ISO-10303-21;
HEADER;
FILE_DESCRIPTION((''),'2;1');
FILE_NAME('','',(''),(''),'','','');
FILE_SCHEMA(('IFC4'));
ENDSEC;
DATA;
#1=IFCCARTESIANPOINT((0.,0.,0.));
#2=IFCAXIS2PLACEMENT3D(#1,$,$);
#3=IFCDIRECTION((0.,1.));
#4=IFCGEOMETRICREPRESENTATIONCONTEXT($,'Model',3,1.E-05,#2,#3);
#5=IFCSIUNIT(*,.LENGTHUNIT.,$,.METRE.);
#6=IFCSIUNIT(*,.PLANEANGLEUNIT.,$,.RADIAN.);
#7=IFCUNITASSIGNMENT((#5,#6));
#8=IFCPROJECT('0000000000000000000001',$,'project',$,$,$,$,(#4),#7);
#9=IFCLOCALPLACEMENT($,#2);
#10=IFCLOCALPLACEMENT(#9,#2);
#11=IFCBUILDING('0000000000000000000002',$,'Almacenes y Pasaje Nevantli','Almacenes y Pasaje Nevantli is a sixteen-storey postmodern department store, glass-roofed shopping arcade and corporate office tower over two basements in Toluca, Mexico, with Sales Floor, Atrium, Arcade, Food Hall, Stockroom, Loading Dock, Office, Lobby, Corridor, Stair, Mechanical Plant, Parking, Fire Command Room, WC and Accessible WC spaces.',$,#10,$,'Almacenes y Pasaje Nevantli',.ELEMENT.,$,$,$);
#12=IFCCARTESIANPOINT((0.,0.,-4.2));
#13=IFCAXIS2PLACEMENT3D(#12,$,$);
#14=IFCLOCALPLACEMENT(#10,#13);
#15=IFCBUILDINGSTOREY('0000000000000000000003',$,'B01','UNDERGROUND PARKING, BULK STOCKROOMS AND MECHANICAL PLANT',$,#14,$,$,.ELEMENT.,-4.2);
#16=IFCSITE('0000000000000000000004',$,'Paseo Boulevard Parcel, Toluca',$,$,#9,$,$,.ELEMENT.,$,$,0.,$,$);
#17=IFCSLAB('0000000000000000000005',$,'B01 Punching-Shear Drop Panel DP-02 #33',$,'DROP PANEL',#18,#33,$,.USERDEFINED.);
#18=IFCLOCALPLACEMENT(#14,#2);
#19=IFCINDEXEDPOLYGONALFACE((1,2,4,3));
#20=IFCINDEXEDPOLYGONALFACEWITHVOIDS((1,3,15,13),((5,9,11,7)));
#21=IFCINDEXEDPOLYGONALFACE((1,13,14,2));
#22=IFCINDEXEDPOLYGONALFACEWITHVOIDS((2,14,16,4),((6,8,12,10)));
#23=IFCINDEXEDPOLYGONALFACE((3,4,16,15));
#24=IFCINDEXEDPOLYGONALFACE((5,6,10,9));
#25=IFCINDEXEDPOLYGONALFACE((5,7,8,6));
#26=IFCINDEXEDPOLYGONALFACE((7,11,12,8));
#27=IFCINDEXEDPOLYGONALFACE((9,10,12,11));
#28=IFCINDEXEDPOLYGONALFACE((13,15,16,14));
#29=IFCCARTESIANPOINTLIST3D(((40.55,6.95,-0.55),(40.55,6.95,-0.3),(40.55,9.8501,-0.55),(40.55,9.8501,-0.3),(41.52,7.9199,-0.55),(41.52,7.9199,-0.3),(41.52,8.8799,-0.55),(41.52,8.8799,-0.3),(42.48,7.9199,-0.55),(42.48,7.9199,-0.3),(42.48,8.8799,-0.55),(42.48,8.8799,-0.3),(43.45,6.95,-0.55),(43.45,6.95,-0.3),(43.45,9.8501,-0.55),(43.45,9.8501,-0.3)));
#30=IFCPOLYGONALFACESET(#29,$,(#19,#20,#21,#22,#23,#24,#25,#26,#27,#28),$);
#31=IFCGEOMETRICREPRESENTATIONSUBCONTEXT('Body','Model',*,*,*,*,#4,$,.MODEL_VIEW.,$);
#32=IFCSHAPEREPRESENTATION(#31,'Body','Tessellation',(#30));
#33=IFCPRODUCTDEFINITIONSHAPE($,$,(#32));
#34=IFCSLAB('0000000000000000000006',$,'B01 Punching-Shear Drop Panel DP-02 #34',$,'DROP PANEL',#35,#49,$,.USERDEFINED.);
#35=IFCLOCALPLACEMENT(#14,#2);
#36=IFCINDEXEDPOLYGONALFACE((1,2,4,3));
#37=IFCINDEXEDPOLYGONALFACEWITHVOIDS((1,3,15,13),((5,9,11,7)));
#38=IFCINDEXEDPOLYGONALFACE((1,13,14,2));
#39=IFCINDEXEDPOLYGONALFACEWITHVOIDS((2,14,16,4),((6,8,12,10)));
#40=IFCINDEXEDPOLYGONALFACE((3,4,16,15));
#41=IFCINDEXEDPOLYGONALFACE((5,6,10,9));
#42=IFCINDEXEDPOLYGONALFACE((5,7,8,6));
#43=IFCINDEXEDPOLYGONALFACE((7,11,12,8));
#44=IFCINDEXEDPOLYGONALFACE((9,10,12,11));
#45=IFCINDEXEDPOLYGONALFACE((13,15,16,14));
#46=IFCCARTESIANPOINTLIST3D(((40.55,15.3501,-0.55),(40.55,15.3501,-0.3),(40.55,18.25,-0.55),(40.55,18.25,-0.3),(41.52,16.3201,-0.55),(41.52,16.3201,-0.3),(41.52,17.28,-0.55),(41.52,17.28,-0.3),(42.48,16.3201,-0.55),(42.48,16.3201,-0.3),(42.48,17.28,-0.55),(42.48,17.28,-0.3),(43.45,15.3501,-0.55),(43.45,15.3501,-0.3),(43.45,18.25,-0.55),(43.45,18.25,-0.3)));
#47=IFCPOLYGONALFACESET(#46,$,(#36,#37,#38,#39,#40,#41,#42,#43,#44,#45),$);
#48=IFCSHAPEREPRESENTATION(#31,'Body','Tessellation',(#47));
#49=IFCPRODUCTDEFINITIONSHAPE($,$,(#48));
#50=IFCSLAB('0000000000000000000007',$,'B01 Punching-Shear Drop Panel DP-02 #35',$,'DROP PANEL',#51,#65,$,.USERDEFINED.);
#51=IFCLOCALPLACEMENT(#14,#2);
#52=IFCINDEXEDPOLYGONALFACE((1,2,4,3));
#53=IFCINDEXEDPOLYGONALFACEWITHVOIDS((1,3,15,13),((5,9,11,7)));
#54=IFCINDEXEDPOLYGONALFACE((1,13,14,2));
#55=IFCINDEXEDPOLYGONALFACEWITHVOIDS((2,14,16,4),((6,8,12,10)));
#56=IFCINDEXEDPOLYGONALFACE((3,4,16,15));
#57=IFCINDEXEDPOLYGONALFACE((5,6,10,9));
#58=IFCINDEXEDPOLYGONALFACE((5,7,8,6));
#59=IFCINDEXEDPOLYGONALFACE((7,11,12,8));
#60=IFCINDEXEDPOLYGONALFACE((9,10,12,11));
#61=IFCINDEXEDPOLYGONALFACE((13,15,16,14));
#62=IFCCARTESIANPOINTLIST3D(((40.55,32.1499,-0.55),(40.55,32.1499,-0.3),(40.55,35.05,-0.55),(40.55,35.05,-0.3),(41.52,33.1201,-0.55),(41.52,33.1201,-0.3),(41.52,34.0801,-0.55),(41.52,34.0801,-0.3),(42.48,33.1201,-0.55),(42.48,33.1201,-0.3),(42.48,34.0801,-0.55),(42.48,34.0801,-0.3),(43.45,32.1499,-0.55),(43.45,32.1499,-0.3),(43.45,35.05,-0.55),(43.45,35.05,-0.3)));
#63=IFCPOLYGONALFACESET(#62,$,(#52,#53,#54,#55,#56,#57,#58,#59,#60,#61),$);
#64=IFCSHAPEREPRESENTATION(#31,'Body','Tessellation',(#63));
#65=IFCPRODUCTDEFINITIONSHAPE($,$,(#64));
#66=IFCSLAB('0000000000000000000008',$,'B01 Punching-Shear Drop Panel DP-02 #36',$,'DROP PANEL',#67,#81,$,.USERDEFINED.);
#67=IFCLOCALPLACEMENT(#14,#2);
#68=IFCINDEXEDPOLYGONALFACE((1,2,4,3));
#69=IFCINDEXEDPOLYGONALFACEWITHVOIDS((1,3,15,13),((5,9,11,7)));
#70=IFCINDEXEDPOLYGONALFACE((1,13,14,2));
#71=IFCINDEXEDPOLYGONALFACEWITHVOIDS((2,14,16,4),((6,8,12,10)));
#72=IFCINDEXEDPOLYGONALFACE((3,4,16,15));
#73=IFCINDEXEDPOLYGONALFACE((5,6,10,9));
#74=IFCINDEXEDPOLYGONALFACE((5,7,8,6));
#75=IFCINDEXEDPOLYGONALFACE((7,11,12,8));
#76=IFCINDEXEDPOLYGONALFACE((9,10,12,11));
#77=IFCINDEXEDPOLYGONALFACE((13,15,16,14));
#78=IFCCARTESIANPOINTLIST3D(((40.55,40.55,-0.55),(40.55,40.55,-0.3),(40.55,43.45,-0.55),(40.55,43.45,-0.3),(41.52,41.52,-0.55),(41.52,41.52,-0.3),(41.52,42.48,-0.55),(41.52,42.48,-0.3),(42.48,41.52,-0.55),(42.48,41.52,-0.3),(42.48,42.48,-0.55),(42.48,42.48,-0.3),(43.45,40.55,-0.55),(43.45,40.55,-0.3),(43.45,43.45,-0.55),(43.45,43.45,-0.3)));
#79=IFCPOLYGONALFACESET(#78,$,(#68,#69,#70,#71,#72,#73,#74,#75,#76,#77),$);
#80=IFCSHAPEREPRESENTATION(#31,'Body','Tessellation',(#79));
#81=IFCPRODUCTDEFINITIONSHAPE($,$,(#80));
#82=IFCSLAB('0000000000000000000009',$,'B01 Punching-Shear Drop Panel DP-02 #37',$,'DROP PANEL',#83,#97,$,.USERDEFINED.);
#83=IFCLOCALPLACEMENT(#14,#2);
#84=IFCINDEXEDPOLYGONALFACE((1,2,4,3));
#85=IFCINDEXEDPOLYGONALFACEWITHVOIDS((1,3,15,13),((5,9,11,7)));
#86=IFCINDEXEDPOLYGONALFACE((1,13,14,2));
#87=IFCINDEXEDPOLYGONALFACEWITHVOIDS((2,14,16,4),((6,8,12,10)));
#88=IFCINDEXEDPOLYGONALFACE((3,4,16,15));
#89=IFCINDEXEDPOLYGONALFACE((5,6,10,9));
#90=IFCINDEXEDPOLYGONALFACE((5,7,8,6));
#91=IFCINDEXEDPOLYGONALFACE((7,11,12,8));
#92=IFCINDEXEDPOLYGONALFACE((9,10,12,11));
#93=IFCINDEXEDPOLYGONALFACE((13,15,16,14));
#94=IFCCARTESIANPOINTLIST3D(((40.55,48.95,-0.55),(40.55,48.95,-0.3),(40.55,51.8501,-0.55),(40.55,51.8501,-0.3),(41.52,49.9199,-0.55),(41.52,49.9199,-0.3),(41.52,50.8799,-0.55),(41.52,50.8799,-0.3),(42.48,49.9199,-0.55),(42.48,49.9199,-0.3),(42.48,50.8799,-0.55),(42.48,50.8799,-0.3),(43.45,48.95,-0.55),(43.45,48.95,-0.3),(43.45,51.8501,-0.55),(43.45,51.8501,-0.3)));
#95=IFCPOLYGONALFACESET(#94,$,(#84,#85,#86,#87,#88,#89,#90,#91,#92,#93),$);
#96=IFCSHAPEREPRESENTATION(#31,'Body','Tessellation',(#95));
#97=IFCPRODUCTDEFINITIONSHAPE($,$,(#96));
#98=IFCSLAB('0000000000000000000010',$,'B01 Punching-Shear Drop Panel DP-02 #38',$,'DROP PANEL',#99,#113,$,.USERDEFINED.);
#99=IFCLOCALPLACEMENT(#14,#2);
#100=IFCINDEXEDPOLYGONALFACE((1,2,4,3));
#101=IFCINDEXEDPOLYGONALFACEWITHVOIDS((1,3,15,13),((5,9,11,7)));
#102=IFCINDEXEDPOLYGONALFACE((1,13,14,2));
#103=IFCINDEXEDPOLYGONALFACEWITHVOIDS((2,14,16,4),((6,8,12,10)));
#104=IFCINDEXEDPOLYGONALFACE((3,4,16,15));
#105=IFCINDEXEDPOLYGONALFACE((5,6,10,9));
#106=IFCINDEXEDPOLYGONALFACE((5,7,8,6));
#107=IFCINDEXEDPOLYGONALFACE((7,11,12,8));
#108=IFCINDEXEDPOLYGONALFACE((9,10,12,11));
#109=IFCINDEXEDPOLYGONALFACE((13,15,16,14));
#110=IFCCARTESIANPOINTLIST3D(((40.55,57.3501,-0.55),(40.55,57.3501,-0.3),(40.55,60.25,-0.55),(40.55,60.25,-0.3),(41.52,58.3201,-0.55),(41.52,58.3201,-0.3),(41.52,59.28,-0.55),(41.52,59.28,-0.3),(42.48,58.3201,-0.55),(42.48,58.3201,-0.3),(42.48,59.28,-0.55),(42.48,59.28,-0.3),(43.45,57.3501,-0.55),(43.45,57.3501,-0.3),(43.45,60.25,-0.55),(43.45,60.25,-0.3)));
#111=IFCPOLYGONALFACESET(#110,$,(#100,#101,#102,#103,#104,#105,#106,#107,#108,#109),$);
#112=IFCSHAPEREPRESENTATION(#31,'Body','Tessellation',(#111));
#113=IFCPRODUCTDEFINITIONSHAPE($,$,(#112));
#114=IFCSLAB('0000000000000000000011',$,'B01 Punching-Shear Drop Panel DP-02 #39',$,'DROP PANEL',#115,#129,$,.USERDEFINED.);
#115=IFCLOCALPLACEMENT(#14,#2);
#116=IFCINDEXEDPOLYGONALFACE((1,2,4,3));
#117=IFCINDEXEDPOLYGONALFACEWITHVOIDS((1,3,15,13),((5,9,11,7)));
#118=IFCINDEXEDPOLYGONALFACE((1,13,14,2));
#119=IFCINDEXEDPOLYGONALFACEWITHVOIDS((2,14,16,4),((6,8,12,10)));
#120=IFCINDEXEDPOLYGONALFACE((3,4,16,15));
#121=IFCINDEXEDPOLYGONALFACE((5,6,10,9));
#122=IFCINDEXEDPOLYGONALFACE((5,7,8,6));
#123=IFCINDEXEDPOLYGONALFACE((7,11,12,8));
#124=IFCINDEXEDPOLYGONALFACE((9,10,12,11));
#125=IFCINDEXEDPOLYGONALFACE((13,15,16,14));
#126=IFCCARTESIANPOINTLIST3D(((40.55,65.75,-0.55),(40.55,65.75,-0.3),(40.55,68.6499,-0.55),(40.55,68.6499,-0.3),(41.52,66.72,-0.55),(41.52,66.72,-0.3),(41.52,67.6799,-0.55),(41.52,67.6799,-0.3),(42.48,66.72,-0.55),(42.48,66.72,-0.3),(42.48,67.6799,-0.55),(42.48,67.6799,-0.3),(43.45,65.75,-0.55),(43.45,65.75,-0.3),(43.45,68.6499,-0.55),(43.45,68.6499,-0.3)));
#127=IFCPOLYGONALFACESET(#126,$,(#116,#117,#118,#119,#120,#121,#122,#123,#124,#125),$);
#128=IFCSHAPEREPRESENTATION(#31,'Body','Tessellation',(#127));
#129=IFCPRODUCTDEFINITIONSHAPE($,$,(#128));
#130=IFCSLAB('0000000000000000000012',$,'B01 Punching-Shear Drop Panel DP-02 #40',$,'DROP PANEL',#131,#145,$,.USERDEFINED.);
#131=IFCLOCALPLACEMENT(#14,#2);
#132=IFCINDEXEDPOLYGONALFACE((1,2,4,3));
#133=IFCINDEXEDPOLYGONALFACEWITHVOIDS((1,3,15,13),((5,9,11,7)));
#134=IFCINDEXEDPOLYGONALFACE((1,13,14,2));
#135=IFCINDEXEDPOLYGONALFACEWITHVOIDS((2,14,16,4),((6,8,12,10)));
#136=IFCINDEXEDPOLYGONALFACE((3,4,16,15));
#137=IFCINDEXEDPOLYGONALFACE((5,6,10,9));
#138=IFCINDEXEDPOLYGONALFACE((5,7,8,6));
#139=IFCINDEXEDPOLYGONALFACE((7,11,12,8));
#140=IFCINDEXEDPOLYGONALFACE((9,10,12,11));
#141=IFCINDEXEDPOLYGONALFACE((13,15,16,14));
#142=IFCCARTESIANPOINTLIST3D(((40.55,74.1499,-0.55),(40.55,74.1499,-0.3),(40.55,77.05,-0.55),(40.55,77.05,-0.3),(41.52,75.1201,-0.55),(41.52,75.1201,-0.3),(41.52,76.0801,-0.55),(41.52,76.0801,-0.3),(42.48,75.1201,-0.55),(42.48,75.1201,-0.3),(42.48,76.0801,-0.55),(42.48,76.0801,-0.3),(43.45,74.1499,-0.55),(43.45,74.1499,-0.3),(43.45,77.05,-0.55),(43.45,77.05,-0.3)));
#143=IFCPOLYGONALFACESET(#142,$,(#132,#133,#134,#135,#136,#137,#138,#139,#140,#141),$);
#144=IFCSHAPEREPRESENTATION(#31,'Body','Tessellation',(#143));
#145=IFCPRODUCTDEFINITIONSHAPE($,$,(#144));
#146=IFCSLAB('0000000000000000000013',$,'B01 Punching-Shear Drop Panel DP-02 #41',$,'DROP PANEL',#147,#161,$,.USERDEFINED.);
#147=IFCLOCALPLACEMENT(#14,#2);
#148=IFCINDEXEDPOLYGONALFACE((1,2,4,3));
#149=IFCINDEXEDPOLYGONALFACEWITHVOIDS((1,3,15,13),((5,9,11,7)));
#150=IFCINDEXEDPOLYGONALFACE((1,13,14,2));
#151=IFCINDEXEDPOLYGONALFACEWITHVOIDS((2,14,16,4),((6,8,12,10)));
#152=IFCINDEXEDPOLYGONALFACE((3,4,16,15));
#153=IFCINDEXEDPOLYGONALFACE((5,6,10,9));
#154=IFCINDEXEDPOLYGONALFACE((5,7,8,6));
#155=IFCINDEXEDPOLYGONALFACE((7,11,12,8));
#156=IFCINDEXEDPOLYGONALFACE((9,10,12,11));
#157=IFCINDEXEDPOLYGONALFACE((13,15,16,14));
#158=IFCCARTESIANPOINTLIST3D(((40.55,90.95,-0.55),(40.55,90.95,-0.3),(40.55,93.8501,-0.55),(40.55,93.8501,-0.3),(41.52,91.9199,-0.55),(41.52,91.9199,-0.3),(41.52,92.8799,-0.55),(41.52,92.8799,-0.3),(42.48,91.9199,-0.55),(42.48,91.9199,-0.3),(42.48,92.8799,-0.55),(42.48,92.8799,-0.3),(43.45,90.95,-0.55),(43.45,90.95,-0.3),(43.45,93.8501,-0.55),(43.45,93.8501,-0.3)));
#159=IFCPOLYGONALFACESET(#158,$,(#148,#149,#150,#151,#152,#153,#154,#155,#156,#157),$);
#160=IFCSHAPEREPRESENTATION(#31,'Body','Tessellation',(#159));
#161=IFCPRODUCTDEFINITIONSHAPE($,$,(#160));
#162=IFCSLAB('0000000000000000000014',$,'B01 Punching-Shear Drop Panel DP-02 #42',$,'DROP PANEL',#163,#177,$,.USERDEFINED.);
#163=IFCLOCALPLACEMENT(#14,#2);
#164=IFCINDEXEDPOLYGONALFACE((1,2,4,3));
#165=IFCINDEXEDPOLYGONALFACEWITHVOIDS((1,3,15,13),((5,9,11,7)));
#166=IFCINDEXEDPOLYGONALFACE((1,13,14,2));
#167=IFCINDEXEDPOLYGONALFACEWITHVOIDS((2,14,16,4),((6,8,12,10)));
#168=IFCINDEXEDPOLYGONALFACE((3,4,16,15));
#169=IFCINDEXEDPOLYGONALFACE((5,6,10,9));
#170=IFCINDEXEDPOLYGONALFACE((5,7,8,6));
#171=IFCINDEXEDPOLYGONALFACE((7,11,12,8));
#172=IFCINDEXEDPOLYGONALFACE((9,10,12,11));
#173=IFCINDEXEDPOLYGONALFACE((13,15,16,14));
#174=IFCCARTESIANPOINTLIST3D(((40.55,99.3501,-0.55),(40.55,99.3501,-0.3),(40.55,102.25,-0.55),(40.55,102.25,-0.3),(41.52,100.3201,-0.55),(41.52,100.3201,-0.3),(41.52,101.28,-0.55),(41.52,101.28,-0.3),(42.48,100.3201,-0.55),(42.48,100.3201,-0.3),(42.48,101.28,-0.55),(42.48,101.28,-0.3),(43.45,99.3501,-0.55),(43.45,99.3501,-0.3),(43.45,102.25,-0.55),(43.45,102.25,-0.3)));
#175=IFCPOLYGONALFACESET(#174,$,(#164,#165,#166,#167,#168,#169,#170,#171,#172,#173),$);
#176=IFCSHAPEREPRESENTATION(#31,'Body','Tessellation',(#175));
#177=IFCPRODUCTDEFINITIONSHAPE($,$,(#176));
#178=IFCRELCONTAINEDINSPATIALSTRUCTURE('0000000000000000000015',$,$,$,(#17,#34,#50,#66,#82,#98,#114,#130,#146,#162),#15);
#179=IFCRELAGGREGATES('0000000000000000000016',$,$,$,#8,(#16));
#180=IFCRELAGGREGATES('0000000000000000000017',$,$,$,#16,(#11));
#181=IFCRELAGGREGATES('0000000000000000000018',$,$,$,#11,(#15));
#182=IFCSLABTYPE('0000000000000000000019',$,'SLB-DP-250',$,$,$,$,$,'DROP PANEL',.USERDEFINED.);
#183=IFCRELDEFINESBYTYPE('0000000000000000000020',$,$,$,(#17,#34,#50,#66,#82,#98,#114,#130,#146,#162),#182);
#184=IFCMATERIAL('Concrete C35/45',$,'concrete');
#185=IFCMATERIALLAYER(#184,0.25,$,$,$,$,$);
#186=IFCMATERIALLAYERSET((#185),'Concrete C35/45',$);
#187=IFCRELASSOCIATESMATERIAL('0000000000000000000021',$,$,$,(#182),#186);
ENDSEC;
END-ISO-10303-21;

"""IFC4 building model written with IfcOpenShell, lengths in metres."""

from ifc_helpers import new_model, si_unit, direction, frame, origin, place, context, subcontext, project, spatial, polyline, outline, extrude, material, layer, layer_set, type_object, element, save


model = new_model("IFC4")

# Units and contexts
model_context = context("Model", 3, precision=1e-05, world=origin(), true_north=direction((0.0, 1.0)))
body_context = subcontext(model_context, "Body", "Model", "MODEL_VIEW")
ifc_project = project(units=[si_unit("LENGTHUNIT", "METRE"), si_unit("PLANEANGLEUNIT", "RADIAN")], contexts=[model_context])

# Site, building, storey
site_placement = place(None, origin())
site = spatial("IfcSite", under=ifc_project, at=site_placement, Name="Paseo Boulevard Parcel, Toluca", CompositionType="ELEMENT", RefElevation=0.0)
building_placement = place(site_placement, origin())
building = spatial("IfcBuilding", under=site, at=building_placement, Name="Almacenes y Pasaje Nevantli", Description="Almacenes y Pasaje Nevantli is a sixteen-storey postmodern department store, glass-roofed shopping arcade and corporate office tower over two basements in Toluca, Mexico, with Sales Floor, Atrium, Arcade, Food Hall, Stockroom, Loading Dock, Office, Lobby, Corridor, Stair, Mechanical Plant, Parking, Fire Command Room, WC and Accessible WC spaces.", LongName="Almacenes y Pasaje Nevantli", CompositionType="ELEMENT")
storey_placement = place(building_placement, frame((0.0, 0.0, -4.2)))
storey = spatial("IfcBuildingStorey", under=building, at=storey_placement, Name="B01", Description="UNDERGROUND PARKING, BULK STOCKROOMS AND MECHANICAL PLANT", CompositionType="ELEMENT", Elevation=-4.2)

# Slabs
ifc_material = material(Name="Concrete C35/45", Category="concrete")
ifc_layer = layer(ifc_material, 0.25)
ifc_layer_set = layer_set([ifc_layer], Name="Concrete C35/45")
slab_type = type_object("IfcSlabType", Name="SLB-DP-250", ElementType="DROP PANEL", PredefinedType="USERDEFINED", material=ifc_layer_set)
slab_1_placement = place(storey_placement, frame((0.0, 0.0, -0.55)))
element("IfcSlab", 1, at=slab_1_placement, inside=storey, type_object=slab_type, Name="B01 Punching-Shear Drop Panel DP-02 #33", ObjectType="DROP PANEL", PredefinedType="USERDEFINED", context=body_context, shape_type="SweptSolid", body=[
    extrude(outline(polyline([(40.55, 6.95), (43.45, 6.95), (43.45, 9.8501), (40.55, 9.8501), (40.55, 6.95)]), holes=[polyline([(41.52, 7.9199), (42.48, 7.9199), (42.48, 8.8799), (41.52, 8.8799), (41.52, 7.9199)])]), origin(), (0.0, 0.0, 1.0), 0.25),
])
slab_2_placement = place(storey_placement, frame((0.0, 0.0, -0.55)))
element("IfcSlab", 2, at=slab_2_placement, inside=storey, type_object=slab_type, Name="B01 Punching-Shear Drop Panel DP-02 #34", ObjectType="DROP PANEL", PredefinedType="USERDEFINED", context=body_context, shape_type="SweptSolid", body=[
    extrude(outline(polyline([(40.55, 15.3501), (43.45, 15.3501), (43.45, 18.25), (40.55, 18.25), (40.55, 15.3501)]), holes=[polyline([(41.52, 16.3201), (42.48, 16.3201), (42.48, 17.28), (41.52, 17.28), (41.52, 16.3201)])]), origin(), (0.0, 0.0, 1.0), 0.25),
])
slab_3_placement = place(storey_placement, frame((0.0, 0.0, -0.55)))
element("IfcSlab", 3, at=slab_3_placement, inside=storey, type_object=slab_type, Name="B01 Punching-Shear Drop Panel DP-02 #35", ObjectType="DROP PANEL", PredefinedType="USERDEFINED", context=body_context, shape_type="SweptSolid", body=[
    extrude(outline(polyline([(40.55, 32.1499), (43.45, 32.1499), (43.45, 35.05), (40.55, 35.05), (40.55, 32.1499)]), holes=[polyline([(41.52, 33.1201), (42.48, 33.1201), (42.48, 34.0801), (41.52, 34.0801), (41.52, 33.1201)])]), origin(), (0.0, 0.0, 1.0), 0.25),
])
slab_4_placement = place(storey_placement, frame((0.0, 0.0, -0.55)))
element("IfcSlab", 4, at=slab_4_placement, inside=storey, type_object=slab_type, Name="B01 Punching-Shear Drop Panel DP-02 #36", ObjectType="DROP PANEL", PredefinedType="USERDEFINED", context=body_context, shape_type="SweptSolid", body=[
    extrude(outline(polyline([(40.55, 40.55), (43.45, 40.55), (43.45, 43.45), (40.55, 43.45), (40.55, 40.55)]), holes=[polyline([(41.52, 41.52), (42.48, 41.52), (42.48, 42.48), (41.52, 42.48), (41.52, 41.52)])]), origin(), (0.0, 0.0, 1.0), 0.25),
])
slab_5_placement = place(storey_placement, frame((0.0, 0.0, -0.55)))
element("IfcSlab", 5, at=slab_5_placement, inside=storey, type_object=slab_type, Name="B01 Punching-Shear Drop Panel DP-02 #37", ObjectType="DROP PANEL", PredefinedType="USERDEFINED", context=body_context, shape_type="SweptSolid", body=[
    extrude(outline(polyline([(40.55, 48.95), (43.45, 48.95), (43.45, 51.8501), (40.55, 51.8501), (40.55, 48.95)]), holes=[polyline([(41.52, 49.9199), (42.48, 49.9199), (42.48, 50.8799), (41.52, 50.8799), (41.52, 49.9199)])]), origin(), (0.0, 0.0, 1.0), 0.25),
])
slab_6_placement = place(storey_placement, frame((0.0, 0.0, -0.55)))
element("IfcSlab", 6, at=slab_6_placement, inside=storey, type_object=slab_type, Name="B01 Punching-Shear Drop Panel DP-02 #38", ObjectType="DROP PANEL", PredefinedType="USERDEFINED", context=body_context, shape_type="SweptSolid", body=[
    extrude(outline(polyline([(40.55, 57.3501), (43.45, 57.3501), (43.45, 60.25), (40.55, 60.25), (40.55, 57.3501)]), holes=[polyline([(41.52, 58.3201), (42.48, 58.3201), (42.48, 59.28), (41.52, 59.28), (41.52, 58.3201)])]), origin(), (0.0, 0.0, 1.0), 0.25),
])
slab_7_placement = place(storey_placement, frame((0.0, 0.0, -0.55)))
element("IfcSlab", 7, at=slab_7_placement, inside=storey, type_object=slab_type, Name="B01 Punching-Shear Drop Panel DP-02 #39", ObjectType="DROP PANEL", PredefinedType="USERDEFINED", context=body_context, shape_type="SweptSolid", body=[
    extrude(outline(polyline([(40.55, 65.75), (43.45, 65.75), (43.45, 68.6499), (40.55, 68.6499), (40.55, 65.75)]), holes=[polyline([(41.52, 66.72), (42.48, 66.72), (42.48, 67.6799), (41.52, 67.6799), (41.52, 66.72)])]), origin(), (0.0, 0.0, 1.0), 0.25),
])
slab_8_placement = place(storey_placement, frame((0.0, 0.0, -0.55)))
element("IfcSlab", 8, at=slab_8_placement, inside=storey, type_object=slab_type, Name="B01 Punching-Shear Drop Panel DP-02 #40", ObjectType="DROP PANEL", PredefinedType="USERDEFINED", context=body_context, shape_type="SweptSolid", body=[
    extrude(outline(polyline([(40.55, 74.1499), (43.45, 74.1499), (43.45, 77.05), (40.55, 77.05), (40.55, 74.1499)]), holes=[polyline([(41.52, 75.1201), (42.48, 75.1201), (42.48, 76.0801), (41.52, 76.0801), (41.52, 75.1201)])]), origin(), (0.0, 0.0, 1.0), 0.25),
])
slab_9_placement = place(storey_placement, frame((0.0, 0.0, -0.55)))
element("IfcSlab", 9, at=slab_9_placement, inside=storey, type_object=slab_type, Name="B01 Punching-Shear Drop Panel DP-02 #41", ObjectType="DROP PANEL", PredefinedType="USERDEFINED", context=body_context, shape_type="SweptSolid", body=[
    extrude(outline(polyline([(40.55, 90.95), (43.45, 90.95), (43.45, 93.8501), (40.55, 93.8501), (40.55, 90.95)]), holes=[polyline([(41.52, 91.9199), (42.48, 91.9199), (42.48, 92.8799), (41.52, 92.8799), (41.52, 91.9199)])]), origin(), (0.0, 0.0, 1.0), 0.25),
])
slab_10_placement = place(storey_placement, frame((0.0, 0.0, -0.55)))
element("IfcSlab", 10, at=slab_10_placement, inside=storey, type_object=slab_type, Name="B01 Punching-Shear Drop Panel DP-02 #42", ObjectType="DROP PANEL", PredefinedType="USERDEFINED", context=body_context, shape_type="SweptSolid", body=[
    extrude(outline(polyline([(40.55, 99.3501), (43.45, 99.3501), (43.45, 102.25), (40.55, 102.25), (40.55, 99.3501)]), holes=[polyline([(41.52, 100.3201), (42.48, 100.3201), (42.48, 101.28), (41.52, 101.28), (41.52, 100.3201)])]), origin(), (0.0, 0.0, 1.0), 0.25),
])

save(model, "model.ifc")
